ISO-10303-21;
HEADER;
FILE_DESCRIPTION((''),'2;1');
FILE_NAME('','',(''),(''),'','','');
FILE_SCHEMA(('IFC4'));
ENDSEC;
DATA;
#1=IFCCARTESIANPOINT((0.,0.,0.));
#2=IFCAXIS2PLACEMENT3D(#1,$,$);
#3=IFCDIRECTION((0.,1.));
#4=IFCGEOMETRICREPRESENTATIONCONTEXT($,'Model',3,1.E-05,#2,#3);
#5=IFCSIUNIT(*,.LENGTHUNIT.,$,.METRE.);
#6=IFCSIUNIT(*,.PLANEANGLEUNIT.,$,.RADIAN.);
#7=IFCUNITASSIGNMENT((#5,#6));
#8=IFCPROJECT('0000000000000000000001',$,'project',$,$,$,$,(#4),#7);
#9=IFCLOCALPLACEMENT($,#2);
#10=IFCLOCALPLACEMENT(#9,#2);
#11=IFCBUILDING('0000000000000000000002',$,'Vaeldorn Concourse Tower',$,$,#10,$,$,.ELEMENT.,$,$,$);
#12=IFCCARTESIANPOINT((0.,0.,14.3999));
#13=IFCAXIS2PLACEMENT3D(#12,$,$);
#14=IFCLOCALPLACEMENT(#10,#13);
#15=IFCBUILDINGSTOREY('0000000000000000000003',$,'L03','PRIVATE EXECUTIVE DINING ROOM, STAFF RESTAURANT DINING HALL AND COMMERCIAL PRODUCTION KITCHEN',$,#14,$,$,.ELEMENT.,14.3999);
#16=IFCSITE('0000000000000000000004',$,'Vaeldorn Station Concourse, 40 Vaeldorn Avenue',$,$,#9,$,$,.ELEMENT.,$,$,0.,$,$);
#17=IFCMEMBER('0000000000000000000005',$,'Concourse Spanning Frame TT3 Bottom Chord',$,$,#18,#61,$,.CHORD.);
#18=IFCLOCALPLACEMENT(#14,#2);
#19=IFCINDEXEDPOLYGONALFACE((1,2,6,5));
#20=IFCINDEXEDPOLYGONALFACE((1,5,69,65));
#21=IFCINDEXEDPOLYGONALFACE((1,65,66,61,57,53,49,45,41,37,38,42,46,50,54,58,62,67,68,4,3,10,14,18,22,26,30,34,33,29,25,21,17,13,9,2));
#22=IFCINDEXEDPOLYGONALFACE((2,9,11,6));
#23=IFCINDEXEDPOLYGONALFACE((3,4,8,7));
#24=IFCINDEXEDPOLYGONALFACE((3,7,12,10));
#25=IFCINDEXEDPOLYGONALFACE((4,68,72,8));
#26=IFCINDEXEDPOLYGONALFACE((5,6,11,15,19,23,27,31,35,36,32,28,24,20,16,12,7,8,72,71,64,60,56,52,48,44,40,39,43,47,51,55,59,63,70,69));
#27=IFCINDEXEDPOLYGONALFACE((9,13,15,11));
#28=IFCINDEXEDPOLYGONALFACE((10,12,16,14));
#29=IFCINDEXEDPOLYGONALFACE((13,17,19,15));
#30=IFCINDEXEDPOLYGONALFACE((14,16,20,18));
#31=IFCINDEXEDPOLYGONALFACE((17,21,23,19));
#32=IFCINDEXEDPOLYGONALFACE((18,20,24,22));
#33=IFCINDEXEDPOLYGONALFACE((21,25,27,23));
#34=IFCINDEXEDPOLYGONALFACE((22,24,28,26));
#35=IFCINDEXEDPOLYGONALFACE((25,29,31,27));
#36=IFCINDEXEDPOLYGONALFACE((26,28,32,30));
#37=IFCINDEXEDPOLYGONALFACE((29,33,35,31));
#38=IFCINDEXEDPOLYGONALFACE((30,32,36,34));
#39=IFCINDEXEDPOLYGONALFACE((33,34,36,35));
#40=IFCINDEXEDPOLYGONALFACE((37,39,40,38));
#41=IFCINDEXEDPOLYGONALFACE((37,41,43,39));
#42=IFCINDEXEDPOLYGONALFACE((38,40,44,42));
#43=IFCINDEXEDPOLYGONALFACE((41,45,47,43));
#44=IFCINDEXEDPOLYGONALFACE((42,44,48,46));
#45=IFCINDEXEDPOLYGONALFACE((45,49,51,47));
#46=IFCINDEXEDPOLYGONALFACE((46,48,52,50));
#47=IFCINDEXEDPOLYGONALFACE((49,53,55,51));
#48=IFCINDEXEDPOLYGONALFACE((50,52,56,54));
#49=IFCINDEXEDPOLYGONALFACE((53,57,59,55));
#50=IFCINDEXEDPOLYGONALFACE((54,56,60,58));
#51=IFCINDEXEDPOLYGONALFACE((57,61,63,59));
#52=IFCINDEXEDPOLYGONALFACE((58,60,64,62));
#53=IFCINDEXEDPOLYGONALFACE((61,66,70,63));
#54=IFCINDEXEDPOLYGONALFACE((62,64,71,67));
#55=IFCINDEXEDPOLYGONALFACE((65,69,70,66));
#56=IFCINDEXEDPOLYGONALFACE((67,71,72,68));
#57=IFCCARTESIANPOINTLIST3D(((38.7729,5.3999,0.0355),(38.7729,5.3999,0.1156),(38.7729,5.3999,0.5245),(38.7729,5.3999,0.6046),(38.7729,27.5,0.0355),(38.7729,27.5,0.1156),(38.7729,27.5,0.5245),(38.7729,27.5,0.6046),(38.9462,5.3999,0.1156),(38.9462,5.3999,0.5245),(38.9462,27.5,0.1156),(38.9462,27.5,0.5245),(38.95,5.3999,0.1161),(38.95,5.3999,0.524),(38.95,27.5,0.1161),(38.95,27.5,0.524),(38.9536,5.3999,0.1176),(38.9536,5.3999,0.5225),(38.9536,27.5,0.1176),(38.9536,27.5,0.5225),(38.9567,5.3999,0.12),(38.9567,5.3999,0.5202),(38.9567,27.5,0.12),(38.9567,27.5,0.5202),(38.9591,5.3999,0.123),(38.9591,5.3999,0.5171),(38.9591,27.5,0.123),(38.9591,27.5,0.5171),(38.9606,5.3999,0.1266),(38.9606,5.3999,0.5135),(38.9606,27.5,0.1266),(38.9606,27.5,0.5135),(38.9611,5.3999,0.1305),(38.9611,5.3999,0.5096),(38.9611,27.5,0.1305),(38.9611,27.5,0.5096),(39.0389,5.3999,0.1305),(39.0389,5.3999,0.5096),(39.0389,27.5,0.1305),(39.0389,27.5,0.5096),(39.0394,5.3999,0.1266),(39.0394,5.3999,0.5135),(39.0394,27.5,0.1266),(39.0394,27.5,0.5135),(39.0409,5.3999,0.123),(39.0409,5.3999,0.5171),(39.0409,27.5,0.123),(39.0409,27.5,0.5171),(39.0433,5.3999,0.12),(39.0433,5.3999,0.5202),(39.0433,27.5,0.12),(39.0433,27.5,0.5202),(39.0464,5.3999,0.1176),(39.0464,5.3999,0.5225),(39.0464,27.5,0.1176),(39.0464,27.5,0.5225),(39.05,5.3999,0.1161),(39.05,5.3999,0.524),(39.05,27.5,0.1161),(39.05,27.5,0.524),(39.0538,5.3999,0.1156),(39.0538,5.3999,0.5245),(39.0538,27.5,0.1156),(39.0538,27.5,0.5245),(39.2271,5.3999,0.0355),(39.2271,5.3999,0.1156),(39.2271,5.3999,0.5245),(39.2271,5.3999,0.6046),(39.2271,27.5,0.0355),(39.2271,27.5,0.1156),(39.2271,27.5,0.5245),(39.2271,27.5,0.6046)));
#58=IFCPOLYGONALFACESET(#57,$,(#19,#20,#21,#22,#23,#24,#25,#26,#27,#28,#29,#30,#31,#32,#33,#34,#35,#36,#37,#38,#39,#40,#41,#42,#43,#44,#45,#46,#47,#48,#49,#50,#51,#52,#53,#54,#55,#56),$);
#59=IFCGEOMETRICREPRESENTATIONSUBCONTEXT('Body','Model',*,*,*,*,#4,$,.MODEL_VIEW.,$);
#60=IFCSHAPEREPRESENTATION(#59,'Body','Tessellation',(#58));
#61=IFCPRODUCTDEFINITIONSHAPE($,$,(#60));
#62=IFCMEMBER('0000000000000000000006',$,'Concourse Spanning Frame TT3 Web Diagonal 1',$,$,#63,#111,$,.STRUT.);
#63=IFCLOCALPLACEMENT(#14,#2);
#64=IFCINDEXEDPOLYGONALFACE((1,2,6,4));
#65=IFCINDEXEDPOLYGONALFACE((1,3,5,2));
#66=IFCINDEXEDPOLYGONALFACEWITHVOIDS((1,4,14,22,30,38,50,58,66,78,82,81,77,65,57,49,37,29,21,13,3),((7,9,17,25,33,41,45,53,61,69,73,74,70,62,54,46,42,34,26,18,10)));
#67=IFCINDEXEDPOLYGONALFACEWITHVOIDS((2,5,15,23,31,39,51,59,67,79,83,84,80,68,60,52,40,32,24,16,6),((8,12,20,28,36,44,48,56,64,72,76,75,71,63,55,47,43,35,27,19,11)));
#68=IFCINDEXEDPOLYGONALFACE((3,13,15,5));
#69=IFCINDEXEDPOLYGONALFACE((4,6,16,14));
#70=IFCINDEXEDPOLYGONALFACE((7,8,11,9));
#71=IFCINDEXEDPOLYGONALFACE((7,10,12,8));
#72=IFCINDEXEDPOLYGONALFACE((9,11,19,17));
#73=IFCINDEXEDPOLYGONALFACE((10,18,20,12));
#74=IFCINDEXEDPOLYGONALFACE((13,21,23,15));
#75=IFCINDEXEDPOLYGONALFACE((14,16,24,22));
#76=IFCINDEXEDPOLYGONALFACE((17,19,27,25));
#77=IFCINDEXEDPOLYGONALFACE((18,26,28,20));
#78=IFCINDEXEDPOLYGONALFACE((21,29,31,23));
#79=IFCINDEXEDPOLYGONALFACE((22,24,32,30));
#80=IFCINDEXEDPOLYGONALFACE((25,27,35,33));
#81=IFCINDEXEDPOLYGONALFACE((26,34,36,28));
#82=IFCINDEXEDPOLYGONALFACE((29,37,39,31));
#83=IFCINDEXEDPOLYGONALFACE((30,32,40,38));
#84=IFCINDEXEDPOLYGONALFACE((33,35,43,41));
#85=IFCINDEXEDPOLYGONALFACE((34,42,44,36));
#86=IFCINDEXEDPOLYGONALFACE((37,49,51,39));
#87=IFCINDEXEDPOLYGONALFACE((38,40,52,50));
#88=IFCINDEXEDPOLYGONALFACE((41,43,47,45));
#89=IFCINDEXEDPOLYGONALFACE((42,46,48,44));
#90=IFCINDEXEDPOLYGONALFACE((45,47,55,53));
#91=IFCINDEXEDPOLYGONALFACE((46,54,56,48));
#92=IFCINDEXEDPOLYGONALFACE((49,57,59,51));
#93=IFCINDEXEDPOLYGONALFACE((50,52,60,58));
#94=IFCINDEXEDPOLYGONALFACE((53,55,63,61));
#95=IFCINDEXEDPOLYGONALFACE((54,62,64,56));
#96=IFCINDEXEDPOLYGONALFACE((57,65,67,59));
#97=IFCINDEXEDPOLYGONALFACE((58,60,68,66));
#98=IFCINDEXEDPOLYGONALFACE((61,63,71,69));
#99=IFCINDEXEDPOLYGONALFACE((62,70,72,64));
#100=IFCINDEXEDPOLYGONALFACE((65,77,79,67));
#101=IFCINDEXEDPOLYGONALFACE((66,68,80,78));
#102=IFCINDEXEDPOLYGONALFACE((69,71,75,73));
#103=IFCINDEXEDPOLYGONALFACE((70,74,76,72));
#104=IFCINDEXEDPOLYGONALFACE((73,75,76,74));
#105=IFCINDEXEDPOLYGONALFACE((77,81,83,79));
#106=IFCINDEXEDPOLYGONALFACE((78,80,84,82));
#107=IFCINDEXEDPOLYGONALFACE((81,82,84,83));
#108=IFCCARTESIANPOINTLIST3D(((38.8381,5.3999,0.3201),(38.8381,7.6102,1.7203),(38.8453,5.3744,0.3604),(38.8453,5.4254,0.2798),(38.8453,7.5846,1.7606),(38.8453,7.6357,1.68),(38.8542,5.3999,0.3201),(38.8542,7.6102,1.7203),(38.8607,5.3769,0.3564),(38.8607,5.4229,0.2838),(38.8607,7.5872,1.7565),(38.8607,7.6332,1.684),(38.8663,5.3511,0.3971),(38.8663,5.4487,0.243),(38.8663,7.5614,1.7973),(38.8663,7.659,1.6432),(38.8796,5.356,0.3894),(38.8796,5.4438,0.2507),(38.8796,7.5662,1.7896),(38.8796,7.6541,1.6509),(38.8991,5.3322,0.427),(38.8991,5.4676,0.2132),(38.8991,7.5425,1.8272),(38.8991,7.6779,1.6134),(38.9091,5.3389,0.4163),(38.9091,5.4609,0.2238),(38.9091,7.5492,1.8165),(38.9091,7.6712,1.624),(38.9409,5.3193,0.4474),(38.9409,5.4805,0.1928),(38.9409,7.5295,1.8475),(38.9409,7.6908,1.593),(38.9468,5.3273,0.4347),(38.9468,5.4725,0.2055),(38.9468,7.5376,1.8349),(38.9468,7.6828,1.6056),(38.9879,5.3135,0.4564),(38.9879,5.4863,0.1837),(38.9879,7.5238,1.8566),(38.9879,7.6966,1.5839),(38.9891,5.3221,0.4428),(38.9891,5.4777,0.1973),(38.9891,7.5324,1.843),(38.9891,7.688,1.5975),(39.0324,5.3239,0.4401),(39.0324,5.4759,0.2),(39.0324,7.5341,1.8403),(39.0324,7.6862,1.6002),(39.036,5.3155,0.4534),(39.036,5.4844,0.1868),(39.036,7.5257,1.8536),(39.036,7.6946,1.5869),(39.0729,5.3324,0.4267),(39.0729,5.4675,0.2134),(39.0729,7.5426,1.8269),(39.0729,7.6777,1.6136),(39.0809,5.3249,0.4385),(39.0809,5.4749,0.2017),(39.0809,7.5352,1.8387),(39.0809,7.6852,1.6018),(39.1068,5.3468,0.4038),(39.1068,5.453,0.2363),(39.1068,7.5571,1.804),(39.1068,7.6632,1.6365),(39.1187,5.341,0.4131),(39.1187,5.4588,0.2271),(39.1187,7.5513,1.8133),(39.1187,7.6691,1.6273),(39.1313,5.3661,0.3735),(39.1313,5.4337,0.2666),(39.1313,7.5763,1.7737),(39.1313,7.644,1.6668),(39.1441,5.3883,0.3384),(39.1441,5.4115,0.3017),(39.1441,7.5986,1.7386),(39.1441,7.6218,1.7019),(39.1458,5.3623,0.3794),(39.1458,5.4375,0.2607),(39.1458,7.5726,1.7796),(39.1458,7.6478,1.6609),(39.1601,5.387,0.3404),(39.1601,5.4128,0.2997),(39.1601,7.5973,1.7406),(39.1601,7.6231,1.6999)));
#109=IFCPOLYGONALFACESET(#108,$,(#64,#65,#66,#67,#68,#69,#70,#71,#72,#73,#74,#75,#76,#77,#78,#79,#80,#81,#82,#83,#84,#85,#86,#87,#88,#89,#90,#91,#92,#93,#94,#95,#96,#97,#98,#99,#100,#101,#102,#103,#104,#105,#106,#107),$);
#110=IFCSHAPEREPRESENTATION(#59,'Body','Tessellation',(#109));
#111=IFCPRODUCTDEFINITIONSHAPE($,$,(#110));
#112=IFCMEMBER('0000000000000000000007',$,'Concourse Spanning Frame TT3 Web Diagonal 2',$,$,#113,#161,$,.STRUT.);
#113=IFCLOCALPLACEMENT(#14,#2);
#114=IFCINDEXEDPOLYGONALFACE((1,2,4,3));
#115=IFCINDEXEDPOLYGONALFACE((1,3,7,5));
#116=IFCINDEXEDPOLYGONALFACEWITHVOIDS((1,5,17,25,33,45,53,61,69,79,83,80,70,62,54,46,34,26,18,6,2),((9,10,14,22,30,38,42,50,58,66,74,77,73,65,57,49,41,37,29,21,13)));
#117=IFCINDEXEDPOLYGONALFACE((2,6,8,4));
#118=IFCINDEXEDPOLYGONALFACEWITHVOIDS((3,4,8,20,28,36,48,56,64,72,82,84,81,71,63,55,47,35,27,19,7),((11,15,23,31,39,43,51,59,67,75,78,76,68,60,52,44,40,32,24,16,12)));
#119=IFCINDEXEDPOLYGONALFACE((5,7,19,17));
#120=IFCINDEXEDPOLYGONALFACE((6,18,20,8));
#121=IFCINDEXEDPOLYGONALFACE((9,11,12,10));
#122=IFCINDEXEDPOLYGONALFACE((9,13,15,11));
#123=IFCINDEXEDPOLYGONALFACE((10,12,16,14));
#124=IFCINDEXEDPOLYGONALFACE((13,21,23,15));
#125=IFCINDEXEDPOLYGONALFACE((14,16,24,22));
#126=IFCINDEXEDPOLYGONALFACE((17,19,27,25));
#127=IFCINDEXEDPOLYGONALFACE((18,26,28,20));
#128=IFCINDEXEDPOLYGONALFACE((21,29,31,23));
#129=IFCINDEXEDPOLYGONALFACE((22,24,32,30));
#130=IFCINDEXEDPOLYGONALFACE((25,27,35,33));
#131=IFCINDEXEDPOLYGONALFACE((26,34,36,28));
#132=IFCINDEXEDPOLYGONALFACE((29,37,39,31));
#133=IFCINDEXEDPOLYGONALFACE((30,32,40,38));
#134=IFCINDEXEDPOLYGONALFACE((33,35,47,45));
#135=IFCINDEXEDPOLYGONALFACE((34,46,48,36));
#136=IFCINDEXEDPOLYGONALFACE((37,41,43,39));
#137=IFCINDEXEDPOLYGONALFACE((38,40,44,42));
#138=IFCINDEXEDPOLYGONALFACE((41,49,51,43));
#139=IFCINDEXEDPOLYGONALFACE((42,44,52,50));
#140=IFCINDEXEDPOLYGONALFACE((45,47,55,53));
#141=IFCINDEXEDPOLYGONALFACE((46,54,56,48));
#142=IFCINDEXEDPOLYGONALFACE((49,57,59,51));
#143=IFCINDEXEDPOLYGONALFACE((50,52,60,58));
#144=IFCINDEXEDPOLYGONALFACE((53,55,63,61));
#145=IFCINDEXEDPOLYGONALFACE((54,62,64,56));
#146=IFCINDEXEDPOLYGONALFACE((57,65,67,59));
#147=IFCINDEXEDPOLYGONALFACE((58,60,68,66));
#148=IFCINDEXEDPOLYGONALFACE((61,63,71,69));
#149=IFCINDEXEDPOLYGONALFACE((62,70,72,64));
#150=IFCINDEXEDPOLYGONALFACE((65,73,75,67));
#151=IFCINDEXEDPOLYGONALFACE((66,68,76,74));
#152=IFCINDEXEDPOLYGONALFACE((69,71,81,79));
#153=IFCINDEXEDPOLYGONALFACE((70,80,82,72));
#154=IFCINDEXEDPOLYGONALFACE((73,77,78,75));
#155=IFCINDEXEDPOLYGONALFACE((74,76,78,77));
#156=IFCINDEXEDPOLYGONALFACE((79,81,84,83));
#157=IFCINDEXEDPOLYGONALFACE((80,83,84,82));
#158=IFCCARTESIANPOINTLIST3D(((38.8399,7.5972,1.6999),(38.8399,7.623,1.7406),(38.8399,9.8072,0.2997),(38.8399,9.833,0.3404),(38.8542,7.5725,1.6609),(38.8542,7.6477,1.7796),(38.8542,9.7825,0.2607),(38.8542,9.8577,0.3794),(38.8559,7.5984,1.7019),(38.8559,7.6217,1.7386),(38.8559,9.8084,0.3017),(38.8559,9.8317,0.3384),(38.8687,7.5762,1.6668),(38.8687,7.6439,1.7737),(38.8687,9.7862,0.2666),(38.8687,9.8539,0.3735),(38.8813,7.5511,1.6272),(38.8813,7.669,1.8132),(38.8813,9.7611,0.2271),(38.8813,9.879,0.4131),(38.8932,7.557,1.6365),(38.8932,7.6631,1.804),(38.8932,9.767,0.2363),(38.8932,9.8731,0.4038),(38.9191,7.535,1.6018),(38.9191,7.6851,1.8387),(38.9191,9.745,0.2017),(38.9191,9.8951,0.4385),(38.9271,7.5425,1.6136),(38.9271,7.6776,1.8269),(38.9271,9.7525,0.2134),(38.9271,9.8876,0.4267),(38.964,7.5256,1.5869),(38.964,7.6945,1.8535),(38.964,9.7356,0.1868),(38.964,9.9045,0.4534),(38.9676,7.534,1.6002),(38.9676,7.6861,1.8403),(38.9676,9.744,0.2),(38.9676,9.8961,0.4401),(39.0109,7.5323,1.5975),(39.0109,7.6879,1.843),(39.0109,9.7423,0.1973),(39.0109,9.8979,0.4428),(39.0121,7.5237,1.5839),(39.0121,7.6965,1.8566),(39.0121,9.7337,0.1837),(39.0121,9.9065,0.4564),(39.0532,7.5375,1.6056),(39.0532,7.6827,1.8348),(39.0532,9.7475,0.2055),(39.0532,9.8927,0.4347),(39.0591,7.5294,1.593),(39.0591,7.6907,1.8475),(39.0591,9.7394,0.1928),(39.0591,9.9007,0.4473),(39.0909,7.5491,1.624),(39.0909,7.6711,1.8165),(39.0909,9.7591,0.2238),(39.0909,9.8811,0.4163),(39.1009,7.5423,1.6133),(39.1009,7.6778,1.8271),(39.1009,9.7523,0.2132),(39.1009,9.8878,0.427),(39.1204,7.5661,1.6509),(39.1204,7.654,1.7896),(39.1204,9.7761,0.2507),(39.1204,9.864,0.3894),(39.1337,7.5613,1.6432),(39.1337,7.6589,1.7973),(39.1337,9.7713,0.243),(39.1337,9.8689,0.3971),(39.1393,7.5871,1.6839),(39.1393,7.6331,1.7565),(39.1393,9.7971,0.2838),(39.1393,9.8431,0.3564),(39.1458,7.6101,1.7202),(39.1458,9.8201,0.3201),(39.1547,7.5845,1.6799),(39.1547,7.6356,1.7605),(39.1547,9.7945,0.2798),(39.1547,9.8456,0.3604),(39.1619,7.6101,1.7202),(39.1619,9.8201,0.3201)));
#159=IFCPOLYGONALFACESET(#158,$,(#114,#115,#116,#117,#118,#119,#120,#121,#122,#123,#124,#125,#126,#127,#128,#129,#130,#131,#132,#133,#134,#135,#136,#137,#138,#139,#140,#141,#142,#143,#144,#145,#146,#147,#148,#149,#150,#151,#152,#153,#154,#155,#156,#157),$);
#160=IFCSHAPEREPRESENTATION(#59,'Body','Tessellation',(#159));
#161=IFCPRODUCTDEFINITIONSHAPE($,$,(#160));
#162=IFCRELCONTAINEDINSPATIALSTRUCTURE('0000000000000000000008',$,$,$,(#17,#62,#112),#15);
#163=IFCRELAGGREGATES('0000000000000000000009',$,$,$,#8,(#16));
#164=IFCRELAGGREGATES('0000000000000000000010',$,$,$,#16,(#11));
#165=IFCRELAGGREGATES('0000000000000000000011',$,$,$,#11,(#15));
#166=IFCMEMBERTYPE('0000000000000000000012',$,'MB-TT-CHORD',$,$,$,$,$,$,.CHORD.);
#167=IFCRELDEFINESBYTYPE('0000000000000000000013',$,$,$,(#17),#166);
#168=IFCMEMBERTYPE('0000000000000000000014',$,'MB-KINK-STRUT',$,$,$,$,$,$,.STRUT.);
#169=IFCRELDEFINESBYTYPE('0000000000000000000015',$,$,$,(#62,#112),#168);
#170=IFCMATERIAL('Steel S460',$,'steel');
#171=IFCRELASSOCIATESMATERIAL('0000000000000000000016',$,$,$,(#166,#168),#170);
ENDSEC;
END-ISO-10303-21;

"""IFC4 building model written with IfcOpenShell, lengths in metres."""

from ifc_helpers import new_model, si_unit, direction, frame, origin, origin_2d, place, context, subcontext, project, spatial, hollow_circle, i_section, extrude, source, transform, mapped, material, material_profile, profile_set, type_object, element, save


model = new_model("IFC4")

# Units and contexts
model_context = context("Model", 3, precision=1e-05, world=origin(), true_north=direction((0.0, 1.0)))
body_context = subcontext(model_context, "Body", "Model", "MODEL_VIEW")
ifc_project = project(units=[si_unit("LENGTHUNIT", "METRE"), si_unit("PLANEANGLEUNIT", "RADIAN")], contexts=[model_context])

# Site, building, storey
site_placement = place(None, origin())
site = spatial("IfcSite", under=ifc_project, at=site_placement, Name="Vaeldorn Station Concourse, 40 Vaeldorn Avenue", CompositionType="ELEMENT", RefElevation=0.0)
building_placement = place(site_placement, origin())
building = spatial("IfcBuilding", under=site, at=building_placement, Name="Vaeldorn Concourse Tower", CompositionType="ELEMENT")
storey_placement = place(building_placement, frame((0.0, 0.0, 14.3999)))
storey = spatial("IfcBuildingStorey", under=building, at=storey_placement, Name="L03", Description="PRIVATE EXECUTIVE DINING ROOM, STAFF RESTAURANT DINING HALL AND COMMERCIAL PRODUCTION KITCHEN", CompositionType="ELEMENT", Elevation=14.3999)

# Shared definitions
ifc_material_1 = material(Name="Steel S460", Category="steel")

# Members
ifc_material_profile_1 = material_profile(ifc_material_1, i_section(OverallWidth=0.4541, OverallDepth=0.5691, WebThickness=0.0779, FlangeThickness=0.0801, FilletRadius=0.0149, at=origin_2d()), Name="HD 400x1086")
ifc_profile_set_1 = profile_set([ifc_material_profile_1], Name="Steel S460")
member_type_1 = type_object("IfcMemberType", Name="MB-TT-CHORD", PredefinedType="CHORD", material=ifc_profile_set_1)
ifc_material_profile_2 = material_profile(ifc_material_1, hollow_circle(Radius=0.1619, WallThickness=0.0161, at=origin_2d()), Name="CHS 323.9x16")
ifc_profile_set_2 = profile_set([ifc_material_profile_2], Name="Steel S460")
member_type_2 = type_object("IfcMemberType", Name="MB-KINK-STRUT", PredefinedType="STRUT", material=ifc_profile_set_2)
shared_shape_1 = source(origin(), body_context, "Body", "SweptSolid", [
    extrude(i_section(OverallWidth=0.4541, OverallDepth=0.5691, WebThickness=0.0779, FlangeThickness=0.0801, FilletRadius=0.0149, at=origin_2d()), origin(), (0.0, 0.0, 1.0), 22.1001),
])
member_1_placement = place(storey_placement, frame((39.0, 5.3999, 0.3201), z_axis=(0.0, 1.0, 0.0), x_axis=(-1.0, 0.0, 0.0)))
element("IfcMember", 1, at=member_1_placement, inside=storey, type_object=member_type_1, Name="Concourse Spanning Frame TT3 Bottom Chord", PredefinedType="CHORD", context=body_context, shape_type="MappedRepresentation", body=[
    mapped(shared_shape_1, transform((0.0, 0.0, 0.0), scale=1.0)),
])
shared_shape_2 = source(origin(), body_context, "Body", "SweptSolid", [
    extrude(hollow_circle(Radius=0.1619, WallThickness=0.0161, at=origin_2d()), origin(), (0.0, 0.0, 1.0), 2.6165),
])
member_2_placement = place(storey_placement, frame((39.0, 5.3999, 0.3201), z_axis=(0.0, 0.844759, 0.535148), x_axis=(-1.0, 0.0, 0.0)))
element("IfcMember", 2, at=member_2_placement, inside=storey, type_object=member_type_2, Name="Concourse Spanning Frame TT3 Web Diagonal 1", PredefinedType="STRUT", context=body_context, shape_type="MappedRepresentation", body=[
    mapped(shared_shape_2, transform((0.0, 0.0, 0.0), scale=1.0)),
])
shared_shape_3 = source(origin(), body_context, "Body", "SweptSolid", [
    extrude(hollow_circle(Radius=0.1619, WallThickness=0.0161, at=origin_2d()), origin(), (0.0, 0.0, 1.0), 2.6162),
])
for number, where, z_axis, x_axis, name in (
    (3, (39.0, 9.8201, 0.3201), (0.0, -0.844732, 0.53519), (1.0, 0.0, 0.0), "Concourse Spanning Frame TT3 Web Diagonal 2"),
):
    element("IfcMember", number, at=place(storey_placement, frame(where, z_axis=z_axis, x_axis=x_axis)), inside=storey, type_object=member_type_2, Name=name, PredefinedType="STRUT", context=body_context, shape_type="MappedRepresentation", body=[
        mapped(shared_shape_3, transform((0.0, 0.0, 0.0), scale=1.0)),
    ])

save(model, "model.ifc")
